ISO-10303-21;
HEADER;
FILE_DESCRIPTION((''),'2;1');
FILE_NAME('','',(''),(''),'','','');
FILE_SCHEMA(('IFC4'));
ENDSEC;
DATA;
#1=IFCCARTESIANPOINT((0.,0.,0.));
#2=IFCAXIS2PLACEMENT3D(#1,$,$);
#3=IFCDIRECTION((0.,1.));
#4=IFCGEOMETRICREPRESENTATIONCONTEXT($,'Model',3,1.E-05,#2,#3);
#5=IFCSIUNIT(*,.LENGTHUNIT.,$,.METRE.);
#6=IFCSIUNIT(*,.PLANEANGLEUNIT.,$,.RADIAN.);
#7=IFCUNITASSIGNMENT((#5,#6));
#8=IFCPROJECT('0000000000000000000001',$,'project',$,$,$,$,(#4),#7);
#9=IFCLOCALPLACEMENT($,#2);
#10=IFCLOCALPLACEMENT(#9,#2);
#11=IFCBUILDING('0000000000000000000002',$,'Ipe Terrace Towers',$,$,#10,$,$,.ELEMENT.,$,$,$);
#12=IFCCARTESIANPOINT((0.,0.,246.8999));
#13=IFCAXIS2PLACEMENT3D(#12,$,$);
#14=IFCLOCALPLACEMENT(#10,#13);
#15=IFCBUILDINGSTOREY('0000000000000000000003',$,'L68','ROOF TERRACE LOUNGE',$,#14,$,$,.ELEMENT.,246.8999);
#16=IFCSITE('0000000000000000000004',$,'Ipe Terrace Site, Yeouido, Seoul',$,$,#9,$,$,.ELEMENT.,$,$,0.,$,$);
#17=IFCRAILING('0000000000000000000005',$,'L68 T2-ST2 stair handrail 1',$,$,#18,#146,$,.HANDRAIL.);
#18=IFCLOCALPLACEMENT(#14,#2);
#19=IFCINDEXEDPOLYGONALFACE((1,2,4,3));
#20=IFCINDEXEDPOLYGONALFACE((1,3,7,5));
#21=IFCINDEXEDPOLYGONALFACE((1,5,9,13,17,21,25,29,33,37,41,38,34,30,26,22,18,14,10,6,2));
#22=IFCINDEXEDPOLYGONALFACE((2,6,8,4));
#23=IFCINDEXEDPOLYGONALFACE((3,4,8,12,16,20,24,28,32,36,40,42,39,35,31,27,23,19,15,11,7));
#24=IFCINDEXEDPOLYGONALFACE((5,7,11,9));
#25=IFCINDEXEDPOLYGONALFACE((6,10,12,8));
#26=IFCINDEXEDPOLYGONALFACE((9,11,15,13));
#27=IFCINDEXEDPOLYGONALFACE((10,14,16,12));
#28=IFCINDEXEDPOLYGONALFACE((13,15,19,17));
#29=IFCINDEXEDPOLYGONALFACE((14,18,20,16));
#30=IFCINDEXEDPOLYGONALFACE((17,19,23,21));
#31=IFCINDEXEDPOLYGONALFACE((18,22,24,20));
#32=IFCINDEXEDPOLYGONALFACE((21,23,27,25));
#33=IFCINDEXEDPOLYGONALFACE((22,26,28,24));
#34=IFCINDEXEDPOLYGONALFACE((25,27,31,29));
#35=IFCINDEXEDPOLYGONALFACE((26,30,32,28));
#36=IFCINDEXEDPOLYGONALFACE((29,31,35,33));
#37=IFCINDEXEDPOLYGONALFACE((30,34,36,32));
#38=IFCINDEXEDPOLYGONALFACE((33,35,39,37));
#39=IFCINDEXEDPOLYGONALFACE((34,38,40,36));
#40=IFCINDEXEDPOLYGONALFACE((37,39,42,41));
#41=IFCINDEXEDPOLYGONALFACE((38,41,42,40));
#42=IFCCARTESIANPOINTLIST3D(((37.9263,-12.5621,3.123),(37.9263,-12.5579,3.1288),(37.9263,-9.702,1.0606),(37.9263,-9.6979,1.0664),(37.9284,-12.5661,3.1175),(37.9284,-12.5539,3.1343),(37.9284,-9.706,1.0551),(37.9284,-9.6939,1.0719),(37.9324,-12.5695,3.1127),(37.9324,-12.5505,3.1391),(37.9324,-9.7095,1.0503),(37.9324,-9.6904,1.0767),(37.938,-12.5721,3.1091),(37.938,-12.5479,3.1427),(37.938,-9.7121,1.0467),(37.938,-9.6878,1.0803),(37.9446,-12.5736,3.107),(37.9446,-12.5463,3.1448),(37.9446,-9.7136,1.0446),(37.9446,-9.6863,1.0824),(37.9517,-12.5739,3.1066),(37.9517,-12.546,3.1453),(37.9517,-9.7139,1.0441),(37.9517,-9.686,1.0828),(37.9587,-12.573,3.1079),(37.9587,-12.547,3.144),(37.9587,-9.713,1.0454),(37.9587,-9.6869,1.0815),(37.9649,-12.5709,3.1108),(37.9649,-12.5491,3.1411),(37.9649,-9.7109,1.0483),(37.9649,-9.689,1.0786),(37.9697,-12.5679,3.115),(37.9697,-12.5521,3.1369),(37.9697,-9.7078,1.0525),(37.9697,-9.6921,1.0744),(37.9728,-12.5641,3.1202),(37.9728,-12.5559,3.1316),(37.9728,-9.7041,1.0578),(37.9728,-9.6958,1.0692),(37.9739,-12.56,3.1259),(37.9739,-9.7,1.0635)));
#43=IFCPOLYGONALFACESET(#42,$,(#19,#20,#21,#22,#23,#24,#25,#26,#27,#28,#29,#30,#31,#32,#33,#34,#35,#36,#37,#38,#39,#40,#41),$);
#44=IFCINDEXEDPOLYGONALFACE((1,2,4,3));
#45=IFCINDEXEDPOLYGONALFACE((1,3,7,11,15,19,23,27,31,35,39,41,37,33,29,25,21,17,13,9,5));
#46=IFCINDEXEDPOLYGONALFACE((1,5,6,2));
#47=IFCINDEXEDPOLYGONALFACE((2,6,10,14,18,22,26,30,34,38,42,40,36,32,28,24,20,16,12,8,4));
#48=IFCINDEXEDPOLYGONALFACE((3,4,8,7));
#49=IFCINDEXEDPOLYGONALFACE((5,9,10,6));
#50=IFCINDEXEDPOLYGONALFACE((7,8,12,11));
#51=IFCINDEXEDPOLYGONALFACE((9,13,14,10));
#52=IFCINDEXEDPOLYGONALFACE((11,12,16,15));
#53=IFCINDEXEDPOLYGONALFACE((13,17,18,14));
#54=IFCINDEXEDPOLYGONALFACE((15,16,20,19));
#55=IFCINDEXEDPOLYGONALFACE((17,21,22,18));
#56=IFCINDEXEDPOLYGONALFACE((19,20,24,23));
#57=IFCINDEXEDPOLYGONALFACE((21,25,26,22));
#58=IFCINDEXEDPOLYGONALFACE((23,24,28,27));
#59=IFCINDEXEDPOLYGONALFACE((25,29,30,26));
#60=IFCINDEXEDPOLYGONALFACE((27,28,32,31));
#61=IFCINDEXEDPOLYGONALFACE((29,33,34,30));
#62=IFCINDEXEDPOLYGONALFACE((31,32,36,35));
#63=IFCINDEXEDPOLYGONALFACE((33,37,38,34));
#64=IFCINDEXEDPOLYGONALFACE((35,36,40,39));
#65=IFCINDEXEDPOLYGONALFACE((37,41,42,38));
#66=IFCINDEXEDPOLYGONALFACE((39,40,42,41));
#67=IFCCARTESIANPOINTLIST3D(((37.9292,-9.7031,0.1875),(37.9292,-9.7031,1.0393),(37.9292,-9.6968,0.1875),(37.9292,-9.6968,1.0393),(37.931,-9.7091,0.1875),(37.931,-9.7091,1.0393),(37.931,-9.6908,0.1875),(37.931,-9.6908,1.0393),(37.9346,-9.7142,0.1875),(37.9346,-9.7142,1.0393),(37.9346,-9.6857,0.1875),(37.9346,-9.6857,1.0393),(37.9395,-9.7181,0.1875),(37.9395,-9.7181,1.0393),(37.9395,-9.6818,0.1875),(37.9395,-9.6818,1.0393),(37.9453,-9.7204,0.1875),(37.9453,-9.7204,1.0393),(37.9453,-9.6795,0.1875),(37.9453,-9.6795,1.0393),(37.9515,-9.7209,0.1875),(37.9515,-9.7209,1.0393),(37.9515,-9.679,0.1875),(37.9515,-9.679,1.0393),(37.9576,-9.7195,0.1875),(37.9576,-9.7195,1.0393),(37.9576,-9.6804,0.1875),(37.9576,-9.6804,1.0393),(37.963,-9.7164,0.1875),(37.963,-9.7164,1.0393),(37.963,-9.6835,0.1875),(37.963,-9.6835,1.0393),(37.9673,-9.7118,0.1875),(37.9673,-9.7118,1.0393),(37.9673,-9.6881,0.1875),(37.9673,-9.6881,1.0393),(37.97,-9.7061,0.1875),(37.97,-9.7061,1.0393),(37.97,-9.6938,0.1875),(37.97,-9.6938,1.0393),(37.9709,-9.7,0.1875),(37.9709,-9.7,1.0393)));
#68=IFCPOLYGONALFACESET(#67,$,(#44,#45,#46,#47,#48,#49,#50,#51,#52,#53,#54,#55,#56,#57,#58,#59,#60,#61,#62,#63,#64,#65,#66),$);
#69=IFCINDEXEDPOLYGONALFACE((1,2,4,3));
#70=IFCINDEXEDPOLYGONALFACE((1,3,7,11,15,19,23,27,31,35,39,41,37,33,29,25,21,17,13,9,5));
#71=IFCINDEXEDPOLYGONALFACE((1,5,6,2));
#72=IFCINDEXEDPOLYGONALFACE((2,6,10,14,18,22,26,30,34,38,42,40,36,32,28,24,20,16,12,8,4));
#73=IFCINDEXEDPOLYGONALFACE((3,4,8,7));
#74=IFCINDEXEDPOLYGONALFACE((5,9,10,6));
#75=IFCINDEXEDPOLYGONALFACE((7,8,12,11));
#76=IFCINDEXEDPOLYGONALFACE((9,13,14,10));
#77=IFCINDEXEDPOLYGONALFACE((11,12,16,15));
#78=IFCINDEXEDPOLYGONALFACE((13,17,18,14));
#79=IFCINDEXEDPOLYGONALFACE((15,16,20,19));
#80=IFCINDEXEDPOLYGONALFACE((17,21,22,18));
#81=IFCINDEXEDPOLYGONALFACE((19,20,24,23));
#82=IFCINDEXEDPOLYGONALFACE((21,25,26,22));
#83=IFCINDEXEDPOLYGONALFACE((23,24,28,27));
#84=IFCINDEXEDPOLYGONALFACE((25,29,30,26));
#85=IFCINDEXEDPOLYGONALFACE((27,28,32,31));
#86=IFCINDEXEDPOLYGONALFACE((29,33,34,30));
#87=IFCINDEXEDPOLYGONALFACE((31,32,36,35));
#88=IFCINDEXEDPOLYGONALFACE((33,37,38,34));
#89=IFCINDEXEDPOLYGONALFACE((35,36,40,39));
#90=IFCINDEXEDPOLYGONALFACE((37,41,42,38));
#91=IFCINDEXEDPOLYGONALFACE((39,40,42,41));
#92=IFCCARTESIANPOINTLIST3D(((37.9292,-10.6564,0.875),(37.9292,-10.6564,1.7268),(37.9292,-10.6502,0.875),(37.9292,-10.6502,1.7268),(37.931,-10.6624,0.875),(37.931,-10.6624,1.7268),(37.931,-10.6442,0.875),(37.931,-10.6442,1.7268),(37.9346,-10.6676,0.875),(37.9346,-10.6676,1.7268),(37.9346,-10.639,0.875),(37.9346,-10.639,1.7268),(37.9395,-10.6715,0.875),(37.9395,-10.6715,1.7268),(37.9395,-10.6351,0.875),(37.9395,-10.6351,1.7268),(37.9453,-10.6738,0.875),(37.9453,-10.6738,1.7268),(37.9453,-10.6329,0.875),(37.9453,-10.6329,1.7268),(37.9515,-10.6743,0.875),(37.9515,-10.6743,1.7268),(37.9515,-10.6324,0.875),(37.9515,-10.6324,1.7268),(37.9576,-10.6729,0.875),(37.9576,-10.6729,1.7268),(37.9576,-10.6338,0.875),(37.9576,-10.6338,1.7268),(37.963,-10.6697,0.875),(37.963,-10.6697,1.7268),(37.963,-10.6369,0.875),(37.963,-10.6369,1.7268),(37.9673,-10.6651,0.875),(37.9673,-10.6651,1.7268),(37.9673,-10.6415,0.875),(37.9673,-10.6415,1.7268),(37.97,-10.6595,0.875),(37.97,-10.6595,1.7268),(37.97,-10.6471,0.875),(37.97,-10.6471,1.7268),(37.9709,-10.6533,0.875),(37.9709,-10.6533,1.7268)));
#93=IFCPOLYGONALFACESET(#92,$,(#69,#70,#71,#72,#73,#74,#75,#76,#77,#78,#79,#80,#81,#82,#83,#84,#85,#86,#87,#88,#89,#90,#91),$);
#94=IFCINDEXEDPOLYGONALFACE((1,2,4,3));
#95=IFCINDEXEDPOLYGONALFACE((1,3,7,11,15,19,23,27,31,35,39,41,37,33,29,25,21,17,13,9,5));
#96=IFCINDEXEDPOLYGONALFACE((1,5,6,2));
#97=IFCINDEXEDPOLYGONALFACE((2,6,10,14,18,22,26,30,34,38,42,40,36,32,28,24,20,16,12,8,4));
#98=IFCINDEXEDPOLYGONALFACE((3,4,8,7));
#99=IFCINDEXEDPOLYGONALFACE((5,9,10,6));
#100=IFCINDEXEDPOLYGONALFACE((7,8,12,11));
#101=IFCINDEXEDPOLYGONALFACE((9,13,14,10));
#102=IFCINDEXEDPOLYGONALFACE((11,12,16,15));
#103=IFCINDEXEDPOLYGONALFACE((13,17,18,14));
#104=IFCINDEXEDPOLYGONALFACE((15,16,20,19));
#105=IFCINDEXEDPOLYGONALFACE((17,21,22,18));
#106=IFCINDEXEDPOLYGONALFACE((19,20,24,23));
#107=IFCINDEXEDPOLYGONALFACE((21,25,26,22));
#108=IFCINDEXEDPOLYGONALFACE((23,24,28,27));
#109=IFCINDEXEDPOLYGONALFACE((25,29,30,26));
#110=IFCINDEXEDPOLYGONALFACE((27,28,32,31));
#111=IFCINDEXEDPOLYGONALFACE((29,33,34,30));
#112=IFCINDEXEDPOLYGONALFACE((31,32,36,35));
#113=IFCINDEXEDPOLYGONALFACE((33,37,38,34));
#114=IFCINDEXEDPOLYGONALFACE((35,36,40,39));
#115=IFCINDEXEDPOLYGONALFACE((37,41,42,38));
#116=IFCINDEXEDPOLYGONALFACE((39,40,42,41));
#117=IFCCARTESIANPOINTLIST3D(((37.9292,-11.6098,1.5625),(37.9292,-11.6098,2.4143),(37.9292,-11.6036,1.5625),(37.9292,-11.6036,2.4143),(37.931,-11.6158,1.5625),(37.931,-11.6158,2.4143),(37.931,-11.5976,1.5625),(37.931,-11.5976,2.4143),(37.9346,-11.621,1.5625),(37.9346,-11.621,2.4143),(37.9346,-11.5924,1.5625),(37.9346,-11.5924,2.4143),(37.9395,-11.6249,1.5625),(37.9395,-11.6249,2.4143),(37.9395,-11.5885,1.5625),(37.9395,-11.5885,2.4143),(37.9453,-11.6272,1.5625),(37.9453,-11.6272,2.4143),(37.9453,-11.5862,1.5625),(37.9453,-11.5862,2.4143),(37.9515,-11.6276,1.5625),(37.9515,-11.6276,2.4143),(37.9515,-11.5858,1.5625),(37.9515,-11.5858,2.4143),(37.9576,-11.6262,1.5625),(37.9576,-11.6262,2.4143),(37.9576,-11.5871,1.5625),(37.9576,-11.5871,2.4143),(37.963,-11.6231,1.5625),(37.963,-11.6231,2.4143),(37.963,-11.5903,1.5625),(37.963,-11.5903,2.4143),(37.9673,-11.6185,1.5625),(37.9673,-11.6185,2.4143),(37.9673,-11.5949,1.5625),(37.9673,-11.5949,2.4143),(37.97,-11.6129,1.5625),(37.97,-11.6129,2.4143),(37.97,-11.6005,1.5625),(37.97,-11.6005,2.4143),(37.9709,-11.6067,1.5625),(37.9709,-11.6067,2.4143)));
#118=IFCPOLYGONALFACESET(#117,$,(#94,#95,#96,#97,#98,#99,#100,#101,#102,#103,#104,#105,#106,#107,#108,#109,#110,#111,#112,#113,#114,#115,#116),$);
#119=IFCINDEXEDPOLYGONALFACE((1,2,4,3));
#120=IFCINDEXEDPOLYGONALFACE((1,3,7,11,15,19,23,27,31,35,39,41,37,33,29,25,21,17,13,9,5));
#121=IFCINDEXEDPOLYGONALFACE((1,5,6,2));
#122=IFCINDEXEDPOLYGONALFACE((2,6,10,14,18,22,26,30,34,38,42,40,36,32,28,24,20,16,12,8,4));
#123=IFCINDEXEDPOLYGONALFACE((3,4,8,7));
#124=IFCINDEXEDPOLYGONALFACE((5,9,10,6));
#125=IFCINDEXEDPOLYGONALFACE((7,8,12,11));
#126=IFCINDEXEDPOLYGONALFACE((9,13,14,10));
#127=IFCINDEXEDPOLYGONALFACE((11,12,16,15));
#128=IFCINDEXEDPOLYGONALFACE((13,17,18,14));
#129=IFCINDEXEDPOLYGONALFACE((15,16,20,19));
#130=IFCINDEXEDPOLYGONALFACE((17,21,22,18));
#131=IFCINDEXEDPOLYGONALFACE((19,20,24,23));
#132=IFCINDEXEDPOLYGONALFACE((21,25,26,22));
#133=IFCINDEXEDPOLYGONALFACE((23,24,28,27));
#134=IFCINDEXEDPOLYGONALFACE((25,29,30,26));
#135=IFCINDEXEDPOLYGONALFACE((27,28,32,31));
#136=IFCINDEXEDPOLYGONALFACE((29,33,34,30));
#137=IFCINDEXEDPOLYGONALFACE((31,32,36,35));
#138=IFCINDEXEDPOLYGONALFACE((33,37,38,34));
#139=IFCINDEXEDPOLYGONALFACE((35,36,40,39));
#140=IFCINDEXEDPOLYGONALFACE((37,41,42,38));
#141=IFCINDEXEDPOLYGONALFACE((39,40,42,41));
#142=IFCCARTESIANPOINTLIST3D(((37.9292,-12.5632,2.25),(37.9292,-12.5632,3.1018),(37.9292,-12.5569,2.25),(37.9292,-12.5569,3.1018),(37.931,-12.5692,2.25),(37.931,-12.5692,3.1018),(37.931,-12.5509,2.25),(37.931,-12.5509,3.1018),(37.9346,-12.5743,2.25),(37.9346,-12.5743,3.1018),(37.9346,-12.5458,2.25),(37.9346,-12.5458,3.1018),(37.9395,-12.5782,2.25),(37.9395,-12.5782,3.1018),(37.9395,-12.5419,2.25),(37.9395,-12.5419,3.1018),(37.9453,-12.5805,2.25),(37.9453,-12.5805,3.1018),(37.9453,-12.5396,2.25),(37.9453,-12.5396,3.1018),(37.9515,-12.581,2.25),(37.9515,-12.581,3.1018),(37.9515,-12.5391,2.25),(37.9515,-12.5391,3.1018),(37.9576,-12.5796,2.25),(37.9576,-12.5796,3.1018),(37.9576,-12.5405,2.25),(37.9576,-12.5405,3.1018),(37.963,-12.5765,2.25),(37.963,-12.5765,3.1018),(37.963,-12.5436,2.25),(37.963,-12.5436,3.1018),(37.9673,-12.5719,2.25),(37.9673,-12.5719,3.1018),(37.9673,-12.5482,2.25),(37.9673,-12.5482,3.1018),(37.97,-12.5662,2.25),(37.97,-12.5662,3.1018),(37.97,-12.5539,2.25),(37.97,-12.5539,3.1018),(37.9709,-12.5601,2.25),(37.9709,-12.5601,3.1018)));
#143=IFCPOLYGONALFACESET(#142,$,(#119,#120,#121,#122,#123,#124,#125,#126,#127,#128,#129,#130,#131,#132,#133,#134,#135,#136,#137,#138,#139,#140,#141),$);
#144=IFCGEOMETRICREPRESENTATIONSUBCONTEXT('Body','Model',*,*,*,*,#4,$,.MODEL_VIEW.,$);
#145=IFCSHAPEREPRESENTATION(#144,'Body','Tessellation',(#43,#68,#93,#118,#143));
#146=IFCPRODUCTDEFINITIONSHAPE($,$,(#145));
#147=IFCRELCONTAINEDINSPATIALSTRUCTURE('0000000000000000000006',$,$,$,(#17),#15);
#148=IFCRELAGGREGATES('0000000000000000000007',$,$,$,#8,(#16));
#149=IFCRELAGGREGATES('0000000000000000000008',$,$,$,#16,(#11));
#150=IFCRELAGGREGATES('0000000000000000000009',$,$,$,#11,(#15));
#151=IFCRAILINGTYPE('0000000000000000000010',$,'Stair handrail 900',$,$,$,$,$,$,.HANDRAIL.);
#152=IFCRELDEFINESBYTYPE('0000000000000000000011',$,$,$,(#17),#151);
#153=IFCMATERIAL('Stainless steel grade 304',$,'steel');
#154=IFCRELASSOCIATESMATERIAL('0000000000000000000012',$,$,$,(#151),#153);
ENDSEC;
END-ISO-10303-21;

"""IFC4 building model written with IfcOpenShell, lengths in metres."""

from ifc_helpers import new_model, si_unit, direction, frame, origin, origin_2d, place, context, subcontext, project, spatial, circle, extrude, material, type_object, element, save


model = new_model("IFC4")

# Units and contexts
model_context = context("Model", 3, precision=1e-05, world=origin(), true_north=direction((0.0, 1.0)))
body_context = subcontext(model_context, "Body", "Model", "MODEL_VIEW")
ifc_project = project(units=[si_unit("LENGTHUNIT", "METRE"), si_unit("PLANEANGLEUNIT", "RADIAN")], contexts=[model_context])

# Site, building, storey
site_placement = place(None, origin())
site = spatial("IfcSite", under=ifc_project, at=site_placement, Name="Ipe Terrace Site, Yeouido, Seoul", CompositionType="ELEMENT", RefElevation=0.0)
building_placement = place(site_placement, origin())
building = spatial("IfcBuilding", under=site, at=building_placement, Name="Ipe Terrace Towers", CompositionType="ELEMENT")
storey_placement = place(building_placement, frame((0.0, 0.0, 246.8999)))
storey = spatial("IfcBuildingStorey", under=building, at=storey_placement, Name="L68", Description="ROOF TERRACE LOUNGE", CompositionType="ELEMENT", Elevation=246.8999)

# Railing
ifc_material_1 = material(Name="Stainless steel grade 304", Category="steel")
railing_type_1 = type_object("IfcRailingType", Name="Stair handrail 900", PredefinedType="HANDRAIL", material=ifc_material_1)
railing_1_placement = place(storey_placement, frame((37.95, -9.7, 0.1875)))
element("IfcRailing", 1, at=railing_1_placement, inside=storey, type_object=railing_type_1, Name="L68 T2-ST2 stair handrail 1", PredefinedType="HANDRAIL", context=body_context, shape_type="SweptSolid", body=[
    extrude(circle(Radius=0.0239, at=origin_2d()), frame((0.0, 0.0, 0.876), z_axis=(0.0, -0.811101, 0.584906), x_axis=(1.0, 0.0, 0.0)), (0.0, 0.0, 1.0), 3.5261),
    extrude(circle(Radius=0.021, at=origin_2d()), origin(), (0.0, 0.0, 1.0), 0.8518),
    extrude(circle(Radius=0.021, at=origin_2d()), frame((0.0, -0.9534, 0.6875)), (0.0, 0.0, 1.0), 0.8518),
    extrude(circle(Radius=0.021, at=origin_2d()), frame((0.0, -1.9067, 1.375)), (0.0, 0.0, 1.0), 0.8518),
    extrude(circle(Radius=0.021, at=origin_2d()), frame((0.0, -2.8601, 2.0625)), (0.0, 0.0, 1.0), 0.8518),
])

save(model, "model.ifc")
